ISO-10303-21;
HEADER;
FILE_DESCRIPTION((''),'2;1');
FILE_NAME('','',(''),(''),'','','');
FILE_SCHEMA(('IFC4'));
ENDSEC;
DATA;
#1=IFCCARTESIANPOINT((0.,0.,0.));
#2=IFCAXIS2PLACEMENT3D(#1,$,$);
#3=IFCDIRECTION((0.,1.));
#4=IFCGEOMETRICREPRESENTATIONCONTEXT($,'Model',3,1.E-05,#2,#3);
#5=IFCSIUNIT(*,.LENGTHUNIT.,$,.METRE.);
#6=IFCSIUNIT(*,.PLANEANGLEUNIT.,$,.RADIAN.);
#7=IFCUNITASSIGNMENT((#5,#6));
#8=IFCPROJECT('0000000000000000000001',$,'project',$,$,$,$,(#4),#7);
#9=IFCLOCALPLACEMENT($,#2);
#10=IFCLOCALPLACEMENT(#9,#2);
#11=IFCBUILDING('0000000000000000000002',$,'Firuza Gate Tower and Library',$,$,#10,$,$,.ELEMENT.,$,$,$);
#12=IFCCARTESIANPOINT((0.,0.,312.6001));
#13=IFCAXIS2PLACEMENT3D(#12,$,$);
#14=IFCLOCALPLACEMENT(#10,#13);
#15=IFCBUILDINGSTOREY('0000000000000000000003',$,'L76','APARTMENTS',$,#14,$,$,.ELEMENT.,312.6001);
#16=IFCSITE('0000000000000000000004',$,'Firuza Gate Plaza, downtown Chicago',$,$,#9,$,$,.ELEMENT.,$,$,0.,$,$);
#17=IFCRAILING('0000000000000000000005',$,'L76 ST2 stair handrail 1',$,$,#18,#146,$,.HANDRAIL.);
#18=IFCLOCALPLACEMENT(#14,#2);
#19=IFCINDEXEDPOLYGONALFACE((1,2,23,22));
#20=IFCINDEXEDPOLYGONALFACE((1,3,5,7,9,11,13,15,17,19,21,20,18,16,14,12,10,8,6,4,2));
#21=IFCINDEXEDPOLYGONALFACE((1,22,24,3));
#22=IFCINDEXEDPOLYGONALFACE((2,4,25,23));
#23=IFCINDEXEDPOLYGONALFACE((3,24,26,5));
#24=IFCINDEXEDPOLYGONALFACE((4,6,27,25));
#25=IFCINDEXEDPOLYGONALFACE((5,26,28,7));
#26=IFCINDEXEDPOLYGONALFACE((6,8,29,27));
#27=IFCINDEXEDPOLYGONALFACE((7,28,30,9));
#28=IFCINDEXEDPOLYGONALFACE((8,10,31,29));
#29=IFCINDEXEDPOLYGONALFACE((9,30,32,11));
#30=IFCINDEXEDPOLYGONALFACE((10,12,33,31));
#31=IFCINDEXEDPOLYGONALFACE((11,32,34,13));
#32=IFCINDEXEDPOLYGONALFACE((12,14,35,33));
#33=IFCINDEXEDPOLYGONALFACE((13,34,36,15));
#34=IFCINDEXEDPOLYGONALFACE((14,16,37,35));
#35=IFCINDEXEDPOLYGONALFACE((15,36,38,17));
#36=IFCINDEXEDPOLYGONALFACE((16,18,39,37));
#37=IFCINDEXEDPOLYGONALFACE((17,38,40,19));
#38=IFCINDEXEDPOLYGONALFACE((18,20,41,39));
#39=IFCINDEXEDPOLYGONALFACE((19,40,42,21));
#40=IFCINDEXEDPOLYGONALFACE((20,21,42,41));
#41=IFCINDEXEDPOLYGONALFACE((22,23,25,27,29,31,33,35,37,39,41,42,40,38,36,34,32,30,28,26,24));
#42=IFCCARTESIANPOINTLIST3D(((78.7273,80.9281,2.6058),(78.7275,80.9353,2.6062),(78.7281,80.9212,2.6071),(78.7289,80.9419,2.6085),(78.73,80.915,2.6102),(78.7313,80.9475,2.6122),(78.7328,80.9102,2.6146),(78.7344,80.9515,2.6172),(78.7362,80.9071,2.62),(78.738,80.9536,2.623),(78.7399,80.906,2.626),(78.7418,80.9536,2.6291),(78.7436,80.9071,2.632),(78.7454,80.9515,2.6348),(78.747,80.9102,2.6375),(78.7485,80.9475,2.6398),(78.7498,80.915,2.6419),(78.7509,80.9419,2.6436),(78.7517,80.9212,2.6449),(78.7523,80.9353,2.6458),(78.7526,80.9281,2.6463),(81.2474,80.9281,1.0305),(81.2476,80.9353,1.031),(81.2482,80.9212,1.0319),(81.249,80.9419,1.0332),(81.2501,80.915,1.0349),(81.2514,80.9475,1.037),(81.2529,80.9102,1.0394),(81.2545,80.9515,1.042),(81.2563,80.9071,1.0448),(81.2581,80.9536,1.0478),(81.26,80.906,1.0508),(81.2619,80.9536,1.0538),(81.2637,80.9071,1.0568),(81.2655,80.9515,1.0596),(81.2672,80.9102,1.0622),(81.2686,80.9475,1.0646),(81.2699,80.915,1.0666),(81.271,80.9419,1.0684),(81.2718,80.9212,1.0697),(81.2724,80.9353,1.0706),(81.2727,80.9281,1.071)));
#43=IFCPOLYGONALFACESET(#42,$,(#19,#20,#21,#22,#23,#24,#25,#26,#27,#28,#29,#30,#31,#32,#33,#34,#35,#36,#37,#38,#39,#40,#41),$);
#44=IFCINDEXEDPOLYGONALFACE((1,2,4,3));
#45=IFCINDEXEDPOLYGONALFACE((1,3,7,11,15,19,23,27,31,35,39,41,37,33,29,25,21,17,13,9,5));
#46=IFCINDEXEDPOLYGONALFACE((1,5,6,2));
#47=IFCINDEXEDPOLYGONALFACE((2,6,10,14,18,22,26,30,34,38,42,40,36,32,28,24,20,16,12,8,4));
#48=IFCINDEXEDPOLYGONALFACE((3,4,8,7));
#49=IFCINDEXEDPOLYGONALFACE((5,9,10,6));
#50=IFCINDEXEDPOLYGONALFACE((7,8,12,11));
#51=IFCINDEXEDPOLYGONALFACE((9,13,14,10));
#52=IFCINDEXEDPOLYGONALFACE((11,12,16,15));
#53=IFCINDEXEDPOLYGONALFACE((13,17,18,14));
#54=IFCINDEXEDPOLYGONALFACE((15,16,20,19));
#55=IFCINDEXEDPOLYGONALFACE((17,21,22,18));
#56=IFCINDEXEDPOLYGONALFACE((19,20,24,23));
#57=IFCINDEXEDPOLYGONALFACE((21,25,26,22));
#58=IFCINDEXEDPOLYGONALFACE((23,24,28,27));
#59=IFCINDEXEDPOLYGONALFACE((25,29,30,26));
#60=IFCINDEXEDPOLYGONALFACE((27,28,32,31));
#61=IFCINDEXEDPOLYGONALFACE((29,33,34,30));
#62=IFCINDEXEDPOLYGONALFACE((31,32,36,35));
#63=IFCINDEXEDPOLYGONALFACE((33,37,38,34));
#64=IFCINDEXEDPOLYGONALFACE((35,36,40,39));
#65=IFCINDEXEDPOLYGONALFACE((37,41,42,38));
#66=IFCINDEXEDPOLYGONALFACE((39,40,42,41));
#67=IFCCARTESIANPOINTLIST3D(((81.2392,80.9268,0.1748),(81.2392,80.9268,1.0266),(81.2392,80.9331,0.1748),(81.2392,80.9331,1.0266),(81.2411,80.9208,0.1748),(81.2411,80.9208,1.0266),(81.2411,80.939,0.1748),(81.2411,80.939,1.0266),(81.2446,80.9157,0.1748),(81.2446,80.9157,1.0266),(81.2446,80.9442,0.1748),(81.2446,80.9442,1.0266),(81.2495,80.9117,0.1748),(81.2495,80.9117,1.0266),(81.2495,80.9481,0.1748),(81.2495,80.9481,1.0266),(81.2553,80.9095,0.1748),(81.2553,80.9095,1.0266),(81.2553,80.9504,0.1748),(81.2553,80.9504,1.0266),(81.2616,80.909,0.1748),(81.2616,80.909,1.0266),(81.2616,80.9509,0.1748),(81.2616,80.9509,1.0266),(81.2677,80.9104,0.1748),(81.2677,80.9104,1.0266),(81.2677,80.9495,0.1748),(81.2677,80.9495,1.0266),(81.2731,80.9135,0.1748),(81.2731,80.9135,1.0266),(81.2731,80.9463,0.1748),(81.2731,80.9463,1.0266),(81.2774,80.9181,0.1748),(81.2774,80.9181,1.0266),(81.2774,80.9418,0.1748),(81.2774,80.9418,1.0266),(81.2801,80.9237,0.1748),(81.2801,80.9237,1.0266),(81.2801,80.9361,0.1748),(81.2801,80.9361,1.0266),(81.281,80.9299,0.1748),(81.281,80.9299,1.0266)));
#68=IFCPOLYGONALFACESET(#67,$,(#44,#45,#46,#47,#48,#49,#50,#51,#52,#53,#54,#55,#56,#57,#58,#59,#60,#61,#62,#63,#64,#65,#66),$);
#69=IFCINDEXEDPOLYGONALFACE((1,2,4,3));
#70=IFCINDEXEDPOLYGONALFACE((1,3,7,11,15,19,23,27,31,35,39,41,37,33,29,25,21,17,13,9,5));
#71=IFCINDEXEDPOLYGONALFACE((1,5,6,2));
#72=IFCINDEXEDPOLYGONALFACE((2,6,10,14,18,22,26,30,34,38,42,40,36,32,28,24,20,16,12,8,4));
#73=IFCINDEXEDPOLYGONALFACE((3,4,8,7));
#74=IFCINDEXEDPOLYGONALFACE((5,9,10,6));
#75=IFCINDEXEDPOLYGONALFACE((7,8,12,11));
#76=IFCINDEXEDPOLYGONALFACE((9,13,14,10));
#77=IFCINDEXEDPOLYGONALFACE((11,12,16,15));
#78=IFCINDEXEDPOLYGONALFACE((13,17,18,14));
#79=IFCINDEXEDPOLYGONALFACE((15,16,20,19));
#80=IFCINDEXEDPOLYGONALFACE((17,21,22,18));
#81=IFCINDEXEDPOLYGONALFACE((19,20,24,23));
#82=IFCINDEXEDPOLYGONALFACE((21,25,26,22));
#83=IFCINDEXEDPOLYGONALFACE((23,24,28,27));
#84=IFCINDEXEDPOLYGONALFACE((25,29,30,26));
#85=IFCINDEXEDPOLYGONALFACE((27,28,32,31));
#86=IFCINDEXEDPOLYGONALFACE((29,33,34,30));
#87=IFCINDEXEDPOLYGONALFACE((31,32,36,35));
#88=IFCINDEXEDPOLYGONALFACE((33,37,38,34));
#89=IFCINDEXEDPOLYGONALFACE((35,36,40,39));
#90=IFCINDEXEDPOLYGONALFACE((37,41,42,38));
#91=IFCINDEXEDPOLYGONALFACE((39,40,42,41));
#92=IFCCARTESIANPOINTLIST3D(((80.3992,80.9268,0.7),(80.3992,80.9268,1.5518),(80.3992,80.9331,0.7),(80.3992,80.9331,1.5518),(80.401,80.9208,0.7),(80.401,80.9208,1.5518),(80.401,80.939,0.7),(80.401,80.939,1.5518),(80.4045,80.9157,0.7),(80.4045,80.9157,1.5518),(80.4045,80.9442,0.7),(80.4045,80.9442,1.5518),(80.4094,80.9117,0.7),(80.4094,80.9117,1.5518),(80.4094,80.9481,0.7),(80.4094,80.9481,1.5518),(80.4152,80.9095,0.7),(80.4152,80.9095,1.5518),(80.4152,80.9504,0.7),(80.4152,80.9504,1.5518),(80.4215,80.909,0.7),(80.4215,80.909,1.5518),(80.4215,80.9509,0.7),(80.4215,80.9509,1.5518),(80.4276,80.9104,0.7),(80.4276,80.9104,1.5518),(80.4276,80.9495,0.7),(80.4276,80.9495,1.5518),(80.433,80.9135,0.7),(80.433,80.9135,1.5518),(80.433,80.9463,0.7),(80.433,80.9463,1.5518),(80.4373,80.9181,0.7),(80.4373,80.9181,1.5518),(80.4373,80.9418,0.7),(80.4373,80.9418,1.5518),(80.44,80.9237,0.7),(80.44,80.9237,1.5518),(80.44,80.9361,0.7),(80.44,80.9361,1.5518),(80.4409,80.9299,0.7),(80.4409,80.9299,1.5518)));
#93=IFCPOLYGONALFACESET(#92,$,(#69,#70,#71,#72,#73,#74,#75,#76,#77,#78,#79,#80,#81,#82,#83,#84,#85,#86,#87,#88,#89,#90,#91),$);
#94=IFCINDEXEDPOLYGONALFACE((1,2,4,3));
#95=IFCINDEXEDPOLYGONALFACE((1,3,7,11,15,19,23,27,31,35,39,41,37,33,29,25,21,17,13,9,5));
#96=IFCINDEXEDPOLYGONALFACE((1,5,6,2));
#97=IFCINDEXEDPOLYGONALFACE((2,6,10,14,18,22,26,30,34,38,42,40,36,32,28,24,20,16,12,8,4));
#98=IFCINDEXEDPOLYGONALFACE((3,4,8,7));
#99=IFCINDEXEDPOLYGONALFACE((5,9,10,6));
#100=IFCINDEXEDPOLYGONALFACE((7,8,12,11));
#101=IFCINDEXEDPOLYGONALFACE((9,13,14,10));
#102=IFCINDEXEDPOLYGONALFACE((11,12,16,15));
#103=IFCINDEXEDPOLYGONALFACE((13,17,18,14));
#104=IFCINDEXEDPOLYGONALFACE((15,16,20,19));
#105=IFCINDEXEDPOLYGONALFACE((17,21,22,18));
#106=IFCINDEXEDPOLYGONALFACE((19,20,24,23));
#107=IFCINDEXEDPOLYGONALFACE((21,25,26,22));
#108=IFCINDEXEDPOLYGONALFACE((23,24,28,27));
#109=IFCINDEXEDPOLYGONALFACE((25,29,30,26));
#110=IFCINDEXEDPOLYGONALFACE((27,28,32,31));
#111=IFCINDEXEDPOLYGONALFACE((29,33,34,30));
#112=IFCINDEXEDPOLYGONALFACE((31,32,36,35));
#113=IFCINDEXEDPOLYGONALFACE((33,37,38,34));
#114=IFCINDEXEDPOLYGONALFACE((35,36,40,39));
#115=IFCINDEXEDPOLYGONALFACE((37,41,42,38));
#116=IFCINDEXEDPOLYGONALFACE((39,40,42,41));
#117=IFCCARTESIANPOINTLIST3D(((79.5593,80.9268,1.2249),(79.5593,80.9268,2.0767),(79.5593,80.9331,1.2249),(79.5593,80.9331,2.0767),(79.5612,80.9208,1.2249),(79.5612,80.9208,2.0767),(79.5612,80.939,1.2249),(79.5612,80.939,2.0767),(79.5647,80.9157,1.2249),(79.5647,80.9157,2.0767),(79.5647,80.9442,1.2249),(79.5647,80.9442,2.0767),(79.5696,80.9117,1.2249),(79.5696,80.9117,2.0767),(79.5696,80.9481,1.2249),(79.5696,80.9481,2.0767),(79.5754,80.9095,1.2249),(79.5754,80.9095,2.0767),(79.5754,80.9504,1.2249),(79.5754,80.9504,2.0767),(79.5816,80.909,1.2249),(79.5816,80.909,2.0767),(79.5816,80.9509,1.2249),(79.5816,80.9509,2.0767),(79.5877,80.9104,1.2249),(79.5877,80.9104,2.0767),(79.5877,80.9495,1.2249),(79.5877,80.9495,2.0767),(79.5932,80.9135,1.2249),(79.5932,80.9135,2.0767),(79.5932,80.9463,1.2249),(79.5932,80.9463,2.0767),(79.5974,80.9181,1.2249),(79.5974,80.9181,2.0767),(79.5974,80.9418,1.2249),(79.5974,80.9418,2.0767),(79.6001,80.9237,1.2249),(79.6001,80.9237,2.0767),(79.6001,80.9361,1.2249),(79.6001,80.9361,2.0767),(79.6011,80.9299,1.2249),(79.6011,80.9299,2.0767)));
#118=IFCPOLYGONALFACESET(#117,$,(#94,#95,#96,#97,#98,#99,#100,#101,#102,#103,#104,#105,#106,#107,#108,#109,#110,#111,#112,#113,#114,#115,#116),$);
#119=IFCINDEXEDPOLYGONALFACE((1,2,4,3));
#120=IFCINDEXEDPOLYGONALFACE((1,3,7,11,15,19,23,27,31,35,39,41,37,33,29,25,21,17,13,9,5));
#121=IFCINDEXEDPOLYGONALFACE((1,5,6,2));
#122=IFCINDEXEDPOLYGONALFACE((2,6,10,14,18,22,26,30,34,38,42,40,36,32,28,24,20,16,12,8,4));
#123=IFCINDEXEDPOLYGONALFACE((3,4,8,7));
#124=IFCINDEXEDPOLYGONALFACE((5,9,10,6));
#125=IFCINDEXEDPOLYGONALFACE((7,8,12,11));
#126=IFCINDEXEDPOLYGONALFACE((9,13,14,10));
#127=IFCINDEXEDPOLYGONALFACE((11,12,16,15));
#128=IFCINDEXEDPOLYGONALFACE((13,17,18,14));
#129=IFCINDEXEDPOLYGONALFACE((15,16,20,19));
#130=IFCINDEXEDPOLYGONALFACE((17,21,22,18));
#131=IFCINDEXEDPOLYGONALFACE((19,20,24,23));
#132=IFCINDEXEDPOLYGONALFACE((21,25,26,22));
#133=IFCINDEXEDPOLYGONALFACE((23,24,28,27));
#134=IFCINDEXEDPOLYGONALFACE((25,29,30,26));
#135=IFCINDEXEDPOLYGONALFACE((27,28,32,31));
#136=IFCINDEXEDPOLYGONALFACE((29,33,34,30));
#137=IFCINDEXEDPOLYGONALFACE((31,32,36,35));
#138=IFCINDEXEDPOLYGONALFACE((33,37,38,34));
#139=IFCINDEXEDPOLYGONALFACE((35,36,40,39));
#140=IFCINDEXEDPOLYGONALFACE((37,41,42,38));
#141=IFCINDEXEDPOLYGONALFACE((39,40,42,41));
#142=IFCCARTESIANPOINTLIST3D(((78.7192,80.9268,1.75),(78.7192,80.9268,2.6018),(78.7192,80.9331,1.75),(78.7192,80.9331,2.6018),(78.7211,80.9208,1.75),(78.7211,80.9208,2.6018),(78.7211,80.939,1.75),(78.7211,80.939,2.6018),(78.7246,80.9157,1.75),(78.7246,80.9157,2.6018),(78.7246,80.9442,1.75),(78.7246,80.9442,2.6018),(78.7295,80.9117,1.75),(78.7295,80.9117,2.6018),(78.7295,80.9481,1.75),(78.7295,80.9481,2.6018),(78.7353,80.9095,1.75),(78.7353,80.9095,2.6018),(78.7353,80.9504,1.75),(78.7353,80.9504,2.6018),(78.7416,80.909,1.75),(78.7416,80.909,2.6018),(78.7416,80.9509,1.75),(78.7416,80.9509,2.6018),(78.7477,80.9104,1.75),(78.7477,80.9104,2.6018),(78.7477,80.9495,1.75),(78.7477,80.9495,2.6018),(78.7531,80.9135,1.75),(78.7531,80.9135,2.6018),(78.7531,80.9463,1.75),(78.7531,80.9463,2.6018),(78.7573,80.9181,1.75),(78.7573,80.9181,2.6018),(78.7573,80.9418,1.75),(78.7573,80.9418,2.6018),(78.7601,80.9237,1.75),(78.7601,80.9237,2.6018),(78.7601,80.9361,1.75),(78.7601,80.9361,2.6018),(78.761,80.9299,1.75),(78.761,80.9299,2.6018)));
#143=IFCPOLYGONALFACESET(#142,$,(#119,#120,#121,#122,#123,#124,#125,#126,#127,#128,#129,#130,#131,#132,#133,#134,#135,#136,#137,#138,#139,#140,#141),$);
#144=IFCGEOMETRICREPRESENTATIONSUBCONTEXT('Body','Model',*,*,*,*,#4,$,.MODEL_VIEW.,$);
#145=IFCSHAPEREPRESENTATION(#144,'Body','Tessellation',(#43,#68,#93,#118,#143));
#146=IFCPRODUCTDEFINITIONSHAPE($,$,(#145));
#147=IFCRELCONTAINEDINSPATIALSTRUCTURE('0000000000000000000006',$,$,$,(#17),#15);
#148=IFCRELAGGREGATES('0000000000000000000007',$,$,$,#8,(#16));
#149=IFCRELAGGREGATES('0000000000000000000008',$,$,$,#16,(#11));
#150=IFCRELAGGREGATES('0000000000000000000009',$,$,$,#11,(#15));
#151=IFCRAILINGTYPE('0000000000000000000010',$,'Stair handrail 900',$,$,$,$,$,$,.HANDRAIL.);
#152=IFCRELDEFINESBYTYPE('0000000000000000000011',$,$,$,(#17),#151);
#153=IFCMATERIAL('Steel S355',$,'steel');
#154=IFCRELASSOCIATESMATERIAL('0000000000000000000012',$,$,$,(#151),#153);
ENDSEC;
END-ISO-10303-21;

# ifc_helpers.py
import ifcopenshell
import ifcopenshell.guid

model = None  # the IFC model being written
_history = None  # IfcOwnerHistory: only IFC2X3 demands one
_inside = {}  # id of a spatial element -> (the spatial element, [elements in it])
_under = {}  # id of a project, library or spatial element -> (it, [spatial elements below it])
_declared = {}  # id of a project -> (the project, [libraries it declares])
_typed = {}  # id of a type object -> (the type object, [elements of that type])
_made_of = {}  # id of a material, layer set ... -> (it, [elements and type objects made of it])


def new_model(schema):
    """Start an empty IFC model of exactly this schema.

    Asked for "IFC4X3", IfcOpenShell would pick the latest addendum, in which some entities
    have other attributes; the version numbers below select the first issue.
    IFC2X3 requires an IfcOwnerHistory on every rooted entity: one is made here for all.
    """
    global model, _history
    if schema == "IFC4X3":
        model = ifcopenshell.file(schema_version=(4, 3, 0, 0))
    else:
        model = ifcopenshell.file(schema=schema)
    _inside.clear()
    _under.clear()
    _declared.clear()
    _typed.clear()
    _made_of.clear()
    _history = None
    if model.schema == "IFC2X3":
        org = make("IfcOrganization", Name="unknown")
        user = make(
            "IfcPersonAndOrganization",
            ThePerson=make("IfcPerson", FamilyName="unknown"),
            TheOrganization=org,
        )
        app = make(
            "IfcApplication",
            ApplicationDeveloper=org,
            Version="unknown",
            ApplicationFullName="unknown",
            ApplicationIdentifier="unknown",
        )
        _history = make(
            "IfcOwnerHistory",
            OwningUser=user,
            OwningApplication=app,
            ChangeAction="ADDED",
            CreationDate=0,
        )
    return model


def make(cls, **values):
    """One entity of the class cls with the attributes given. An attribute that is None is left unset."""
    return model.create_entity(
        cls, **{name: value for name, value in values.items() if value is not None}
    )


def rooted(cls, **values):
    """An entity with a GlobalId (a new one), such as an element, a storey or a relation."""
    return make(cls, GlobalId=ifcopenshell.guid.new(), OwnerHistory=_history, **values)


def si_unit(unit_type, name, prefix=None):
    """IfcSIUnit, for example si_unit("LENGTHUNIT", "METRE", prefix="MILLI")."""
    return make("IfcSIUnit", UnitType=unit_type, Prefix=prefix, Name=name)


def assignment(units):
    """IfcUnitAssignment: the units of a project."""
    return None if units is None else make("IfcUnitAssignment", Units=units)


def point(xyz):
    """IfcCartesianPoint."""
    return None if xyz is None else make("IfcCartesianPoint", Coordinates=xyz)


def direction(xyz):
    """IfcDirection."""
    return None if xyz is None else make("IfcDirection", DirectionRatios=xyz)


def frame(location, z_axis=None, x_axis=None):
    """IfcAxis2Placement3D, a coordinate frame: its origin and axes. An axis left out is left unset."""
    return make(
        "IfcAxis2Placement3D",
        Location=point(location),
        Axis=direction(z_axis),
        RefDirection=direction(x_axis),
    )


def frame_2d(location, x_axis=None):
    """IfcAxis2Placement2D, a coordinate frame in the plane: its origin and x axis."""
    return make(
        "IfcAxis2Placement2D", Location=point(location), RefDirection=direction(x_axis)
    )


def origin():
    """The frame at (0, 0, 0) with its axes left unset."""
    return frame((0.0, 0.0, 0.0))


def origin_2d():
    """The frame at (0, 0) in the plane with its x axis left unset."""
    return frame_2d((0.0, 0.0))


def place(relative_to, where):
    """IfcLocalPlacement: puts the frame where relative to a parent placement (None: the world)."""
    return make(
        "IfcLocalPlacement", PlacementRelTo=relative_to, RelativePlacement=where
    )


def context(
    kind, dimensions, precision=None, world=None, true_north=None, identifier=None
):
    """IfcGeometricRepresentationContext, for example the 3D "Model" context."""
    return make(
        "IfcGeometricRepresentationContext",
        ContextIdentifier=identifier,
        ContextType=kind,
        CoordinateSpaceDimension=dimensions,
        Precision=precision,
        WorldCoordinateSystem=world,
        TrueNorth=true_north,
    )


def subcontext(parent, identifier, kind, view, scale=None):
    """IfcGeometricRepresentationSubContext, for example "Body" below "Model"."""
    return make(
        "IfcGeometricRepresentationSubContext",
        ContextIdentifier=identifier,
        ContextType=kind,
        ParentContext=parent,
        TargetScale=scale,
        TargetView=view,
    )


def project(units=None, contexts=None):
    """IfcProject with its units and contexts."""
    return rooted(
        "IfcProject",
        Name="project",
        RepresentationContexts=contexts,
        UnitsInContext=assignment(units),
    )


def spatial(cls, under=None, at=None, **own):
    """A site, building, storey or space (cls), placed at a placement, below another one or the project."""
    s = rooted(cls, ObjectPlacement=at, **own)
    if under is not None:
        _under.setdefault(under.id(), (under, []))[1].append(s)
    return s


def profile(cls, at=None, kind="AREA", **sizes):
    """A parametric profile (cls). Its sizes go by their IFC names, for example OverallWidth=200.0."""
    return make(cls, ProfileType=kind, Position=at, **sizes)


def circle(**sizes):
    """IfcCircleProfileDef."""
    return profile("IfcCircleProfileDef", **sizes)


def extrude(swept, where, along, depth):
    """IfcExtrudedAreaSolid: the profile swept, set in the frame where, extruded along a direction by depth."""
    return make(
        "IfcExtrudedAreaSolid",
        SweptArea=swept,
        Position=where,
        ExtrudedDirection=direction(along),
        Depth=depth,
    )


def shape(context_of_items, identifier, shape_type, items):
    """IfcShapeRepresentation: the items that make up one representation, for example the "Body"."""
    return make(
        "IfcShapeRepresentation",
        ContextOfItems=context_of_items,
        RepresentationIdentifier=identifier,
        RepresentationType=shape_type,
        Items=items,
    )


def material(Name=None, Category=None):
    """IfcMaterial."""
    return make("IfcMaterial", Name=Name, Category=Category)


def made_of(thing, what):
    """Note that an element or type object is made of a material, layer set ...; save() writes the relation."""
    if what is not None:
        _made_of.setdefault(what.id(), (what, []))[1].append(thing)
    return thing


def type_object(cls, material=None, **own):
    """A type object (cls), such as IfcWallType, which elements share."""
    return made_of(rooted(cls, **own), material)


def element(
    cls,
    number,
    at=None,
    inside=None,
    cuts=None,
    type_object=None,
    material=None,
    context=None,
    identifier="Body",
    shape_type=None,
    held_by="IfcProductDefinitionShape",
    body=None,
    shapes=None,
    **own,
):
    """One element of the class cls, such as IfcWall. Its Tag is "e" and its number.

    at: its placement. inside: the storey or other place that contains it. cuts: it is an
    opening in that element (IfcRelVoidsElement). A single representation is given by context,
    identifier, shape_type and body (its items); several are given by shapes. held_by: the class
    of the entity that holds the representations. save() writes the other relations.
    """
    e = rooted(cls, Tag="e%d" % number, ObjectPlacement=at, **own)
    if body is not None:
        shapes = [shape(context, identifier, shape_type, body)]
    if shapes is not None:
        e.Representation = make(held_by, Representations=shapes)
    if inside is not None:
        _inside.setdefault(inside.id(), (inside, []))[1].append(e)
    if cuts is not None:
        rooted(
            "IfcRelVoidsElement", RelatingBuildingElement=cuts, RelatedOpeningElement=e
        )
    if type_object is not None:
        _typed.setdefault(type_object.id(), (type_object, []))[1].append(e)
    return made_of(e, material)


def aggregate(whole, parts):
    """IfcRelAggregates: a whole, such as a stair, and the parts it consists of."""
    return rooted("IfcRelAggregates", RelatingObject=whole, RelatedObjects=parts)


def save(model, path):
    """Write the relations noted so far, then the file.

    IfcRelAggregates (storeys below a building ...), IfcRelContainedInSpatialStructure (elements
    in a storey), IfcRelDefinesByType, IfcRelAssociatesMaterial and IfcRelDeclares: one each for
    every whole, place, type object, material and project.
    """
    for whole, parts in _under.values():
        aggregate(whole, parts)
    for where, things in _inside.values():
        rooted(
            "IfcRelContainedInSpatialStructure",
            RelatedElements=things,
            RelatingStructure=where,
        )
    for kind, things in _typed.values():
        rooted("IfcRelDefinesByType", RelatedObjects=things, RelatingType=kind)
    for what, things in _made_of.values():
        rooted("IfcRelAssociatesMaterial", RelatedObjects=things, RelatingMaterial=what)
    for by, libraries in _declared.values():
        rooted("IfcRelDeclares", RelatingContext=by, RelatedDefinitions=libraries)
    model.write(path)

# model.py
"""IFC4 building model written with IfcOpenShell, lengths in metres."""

from ifc_helpers import new_model, si_unit, direction, frame, origin, origin_2d, place, context, subcontext, project, spatial, circle, extrude, material, type_object, element, save


model = new_model("IFC4")

# Units and contexts
model_context = context("Model", 3, precision=1e-05, world=origin(), true_north=direction((0.0, 1.0)))
body_context = subcontext(model_context, "Body", "Model", "MODEL_VIEW")
ifc_project = project(units=[si_unit("LENGTHUNIT", "METRE"), si_unit("PLANEANGLEUNIT", "RADIAN")], contexts=[model_context])

# Site, building, storey
site_placement = place(None, origin())
site = spatial("IfcSite", under=ifc_project, at=site_placement, Name="Firuza Gate Plaza, downtown Chicago", CompositionType="ELEMENT", RefElevation=0.0)
building_placement = place(site_placement, origin())
building = spatial("IfcBuilding", under=site, at=building_placement, Name="Firuza Gate Tower and Library", CompositionType="ELEMENT")
storey_placement = place(building_placement, frame((0.0, 0.0, 312.6001)))
storey = spatial("IfcBuildingStorey", under=building, at=storey_placement, Name="L76", Description="APARTMENTS", CompositionType="ELEMENT", Elevation=312.6001)

# Railing
ifc_material_1 = material(Name="Steel S355", Category="steel")
railing_type_1 = type_object("IfcRailingType", Name="Stair handrail 900", PredefinedType="HANDRAIL", material=ifc_material_1)
railing_1_placement = place(storey_placement, frame((81.26, 80.9299, 0.1748)))
element("IfcRailing", 1, at=railing_1_placement, inside=storey, type_object=railing_type_1, Name="L76 ST2 stair handrail 1", PredefinedType="HANDRAIL", context=body_context, shape_type="SweptSolid", body=[
    extrude(circle(Radius=0.0239, at=origin_2d()), frame((0.0, 0.0, 0.876), z_axis=(-0.847971, 0.0, 0.530043), x_axis=(0.0, -1.0, 0.0)), (0.0, 0.0, 1.0), 2.9719),
    extrude(circle(Radius=0.021, at=origin_2d()), origin(), (0.0, 0.0, 1.0), 0.8518),
    extrude(circle(Radius=0.021, at=origin_2d()), frame((-0.8401, 0.0, 0.5251)), (0.0, 0.0, 1.0), 0.8518),
    extrude(circle(Radius=0.021, at=origin_2d()), frame((-1.6799, 0.0, 1.05)), (0.0, 0.0, 1.0), 0.8518),
    extrude(circle(Radius=0.021, at=origin_2d()), frame((-2.52, 0.0, 1.5752)), (0.0, 0.0, 1.0), 0.8518),
])

save(model, "model.ifc")
